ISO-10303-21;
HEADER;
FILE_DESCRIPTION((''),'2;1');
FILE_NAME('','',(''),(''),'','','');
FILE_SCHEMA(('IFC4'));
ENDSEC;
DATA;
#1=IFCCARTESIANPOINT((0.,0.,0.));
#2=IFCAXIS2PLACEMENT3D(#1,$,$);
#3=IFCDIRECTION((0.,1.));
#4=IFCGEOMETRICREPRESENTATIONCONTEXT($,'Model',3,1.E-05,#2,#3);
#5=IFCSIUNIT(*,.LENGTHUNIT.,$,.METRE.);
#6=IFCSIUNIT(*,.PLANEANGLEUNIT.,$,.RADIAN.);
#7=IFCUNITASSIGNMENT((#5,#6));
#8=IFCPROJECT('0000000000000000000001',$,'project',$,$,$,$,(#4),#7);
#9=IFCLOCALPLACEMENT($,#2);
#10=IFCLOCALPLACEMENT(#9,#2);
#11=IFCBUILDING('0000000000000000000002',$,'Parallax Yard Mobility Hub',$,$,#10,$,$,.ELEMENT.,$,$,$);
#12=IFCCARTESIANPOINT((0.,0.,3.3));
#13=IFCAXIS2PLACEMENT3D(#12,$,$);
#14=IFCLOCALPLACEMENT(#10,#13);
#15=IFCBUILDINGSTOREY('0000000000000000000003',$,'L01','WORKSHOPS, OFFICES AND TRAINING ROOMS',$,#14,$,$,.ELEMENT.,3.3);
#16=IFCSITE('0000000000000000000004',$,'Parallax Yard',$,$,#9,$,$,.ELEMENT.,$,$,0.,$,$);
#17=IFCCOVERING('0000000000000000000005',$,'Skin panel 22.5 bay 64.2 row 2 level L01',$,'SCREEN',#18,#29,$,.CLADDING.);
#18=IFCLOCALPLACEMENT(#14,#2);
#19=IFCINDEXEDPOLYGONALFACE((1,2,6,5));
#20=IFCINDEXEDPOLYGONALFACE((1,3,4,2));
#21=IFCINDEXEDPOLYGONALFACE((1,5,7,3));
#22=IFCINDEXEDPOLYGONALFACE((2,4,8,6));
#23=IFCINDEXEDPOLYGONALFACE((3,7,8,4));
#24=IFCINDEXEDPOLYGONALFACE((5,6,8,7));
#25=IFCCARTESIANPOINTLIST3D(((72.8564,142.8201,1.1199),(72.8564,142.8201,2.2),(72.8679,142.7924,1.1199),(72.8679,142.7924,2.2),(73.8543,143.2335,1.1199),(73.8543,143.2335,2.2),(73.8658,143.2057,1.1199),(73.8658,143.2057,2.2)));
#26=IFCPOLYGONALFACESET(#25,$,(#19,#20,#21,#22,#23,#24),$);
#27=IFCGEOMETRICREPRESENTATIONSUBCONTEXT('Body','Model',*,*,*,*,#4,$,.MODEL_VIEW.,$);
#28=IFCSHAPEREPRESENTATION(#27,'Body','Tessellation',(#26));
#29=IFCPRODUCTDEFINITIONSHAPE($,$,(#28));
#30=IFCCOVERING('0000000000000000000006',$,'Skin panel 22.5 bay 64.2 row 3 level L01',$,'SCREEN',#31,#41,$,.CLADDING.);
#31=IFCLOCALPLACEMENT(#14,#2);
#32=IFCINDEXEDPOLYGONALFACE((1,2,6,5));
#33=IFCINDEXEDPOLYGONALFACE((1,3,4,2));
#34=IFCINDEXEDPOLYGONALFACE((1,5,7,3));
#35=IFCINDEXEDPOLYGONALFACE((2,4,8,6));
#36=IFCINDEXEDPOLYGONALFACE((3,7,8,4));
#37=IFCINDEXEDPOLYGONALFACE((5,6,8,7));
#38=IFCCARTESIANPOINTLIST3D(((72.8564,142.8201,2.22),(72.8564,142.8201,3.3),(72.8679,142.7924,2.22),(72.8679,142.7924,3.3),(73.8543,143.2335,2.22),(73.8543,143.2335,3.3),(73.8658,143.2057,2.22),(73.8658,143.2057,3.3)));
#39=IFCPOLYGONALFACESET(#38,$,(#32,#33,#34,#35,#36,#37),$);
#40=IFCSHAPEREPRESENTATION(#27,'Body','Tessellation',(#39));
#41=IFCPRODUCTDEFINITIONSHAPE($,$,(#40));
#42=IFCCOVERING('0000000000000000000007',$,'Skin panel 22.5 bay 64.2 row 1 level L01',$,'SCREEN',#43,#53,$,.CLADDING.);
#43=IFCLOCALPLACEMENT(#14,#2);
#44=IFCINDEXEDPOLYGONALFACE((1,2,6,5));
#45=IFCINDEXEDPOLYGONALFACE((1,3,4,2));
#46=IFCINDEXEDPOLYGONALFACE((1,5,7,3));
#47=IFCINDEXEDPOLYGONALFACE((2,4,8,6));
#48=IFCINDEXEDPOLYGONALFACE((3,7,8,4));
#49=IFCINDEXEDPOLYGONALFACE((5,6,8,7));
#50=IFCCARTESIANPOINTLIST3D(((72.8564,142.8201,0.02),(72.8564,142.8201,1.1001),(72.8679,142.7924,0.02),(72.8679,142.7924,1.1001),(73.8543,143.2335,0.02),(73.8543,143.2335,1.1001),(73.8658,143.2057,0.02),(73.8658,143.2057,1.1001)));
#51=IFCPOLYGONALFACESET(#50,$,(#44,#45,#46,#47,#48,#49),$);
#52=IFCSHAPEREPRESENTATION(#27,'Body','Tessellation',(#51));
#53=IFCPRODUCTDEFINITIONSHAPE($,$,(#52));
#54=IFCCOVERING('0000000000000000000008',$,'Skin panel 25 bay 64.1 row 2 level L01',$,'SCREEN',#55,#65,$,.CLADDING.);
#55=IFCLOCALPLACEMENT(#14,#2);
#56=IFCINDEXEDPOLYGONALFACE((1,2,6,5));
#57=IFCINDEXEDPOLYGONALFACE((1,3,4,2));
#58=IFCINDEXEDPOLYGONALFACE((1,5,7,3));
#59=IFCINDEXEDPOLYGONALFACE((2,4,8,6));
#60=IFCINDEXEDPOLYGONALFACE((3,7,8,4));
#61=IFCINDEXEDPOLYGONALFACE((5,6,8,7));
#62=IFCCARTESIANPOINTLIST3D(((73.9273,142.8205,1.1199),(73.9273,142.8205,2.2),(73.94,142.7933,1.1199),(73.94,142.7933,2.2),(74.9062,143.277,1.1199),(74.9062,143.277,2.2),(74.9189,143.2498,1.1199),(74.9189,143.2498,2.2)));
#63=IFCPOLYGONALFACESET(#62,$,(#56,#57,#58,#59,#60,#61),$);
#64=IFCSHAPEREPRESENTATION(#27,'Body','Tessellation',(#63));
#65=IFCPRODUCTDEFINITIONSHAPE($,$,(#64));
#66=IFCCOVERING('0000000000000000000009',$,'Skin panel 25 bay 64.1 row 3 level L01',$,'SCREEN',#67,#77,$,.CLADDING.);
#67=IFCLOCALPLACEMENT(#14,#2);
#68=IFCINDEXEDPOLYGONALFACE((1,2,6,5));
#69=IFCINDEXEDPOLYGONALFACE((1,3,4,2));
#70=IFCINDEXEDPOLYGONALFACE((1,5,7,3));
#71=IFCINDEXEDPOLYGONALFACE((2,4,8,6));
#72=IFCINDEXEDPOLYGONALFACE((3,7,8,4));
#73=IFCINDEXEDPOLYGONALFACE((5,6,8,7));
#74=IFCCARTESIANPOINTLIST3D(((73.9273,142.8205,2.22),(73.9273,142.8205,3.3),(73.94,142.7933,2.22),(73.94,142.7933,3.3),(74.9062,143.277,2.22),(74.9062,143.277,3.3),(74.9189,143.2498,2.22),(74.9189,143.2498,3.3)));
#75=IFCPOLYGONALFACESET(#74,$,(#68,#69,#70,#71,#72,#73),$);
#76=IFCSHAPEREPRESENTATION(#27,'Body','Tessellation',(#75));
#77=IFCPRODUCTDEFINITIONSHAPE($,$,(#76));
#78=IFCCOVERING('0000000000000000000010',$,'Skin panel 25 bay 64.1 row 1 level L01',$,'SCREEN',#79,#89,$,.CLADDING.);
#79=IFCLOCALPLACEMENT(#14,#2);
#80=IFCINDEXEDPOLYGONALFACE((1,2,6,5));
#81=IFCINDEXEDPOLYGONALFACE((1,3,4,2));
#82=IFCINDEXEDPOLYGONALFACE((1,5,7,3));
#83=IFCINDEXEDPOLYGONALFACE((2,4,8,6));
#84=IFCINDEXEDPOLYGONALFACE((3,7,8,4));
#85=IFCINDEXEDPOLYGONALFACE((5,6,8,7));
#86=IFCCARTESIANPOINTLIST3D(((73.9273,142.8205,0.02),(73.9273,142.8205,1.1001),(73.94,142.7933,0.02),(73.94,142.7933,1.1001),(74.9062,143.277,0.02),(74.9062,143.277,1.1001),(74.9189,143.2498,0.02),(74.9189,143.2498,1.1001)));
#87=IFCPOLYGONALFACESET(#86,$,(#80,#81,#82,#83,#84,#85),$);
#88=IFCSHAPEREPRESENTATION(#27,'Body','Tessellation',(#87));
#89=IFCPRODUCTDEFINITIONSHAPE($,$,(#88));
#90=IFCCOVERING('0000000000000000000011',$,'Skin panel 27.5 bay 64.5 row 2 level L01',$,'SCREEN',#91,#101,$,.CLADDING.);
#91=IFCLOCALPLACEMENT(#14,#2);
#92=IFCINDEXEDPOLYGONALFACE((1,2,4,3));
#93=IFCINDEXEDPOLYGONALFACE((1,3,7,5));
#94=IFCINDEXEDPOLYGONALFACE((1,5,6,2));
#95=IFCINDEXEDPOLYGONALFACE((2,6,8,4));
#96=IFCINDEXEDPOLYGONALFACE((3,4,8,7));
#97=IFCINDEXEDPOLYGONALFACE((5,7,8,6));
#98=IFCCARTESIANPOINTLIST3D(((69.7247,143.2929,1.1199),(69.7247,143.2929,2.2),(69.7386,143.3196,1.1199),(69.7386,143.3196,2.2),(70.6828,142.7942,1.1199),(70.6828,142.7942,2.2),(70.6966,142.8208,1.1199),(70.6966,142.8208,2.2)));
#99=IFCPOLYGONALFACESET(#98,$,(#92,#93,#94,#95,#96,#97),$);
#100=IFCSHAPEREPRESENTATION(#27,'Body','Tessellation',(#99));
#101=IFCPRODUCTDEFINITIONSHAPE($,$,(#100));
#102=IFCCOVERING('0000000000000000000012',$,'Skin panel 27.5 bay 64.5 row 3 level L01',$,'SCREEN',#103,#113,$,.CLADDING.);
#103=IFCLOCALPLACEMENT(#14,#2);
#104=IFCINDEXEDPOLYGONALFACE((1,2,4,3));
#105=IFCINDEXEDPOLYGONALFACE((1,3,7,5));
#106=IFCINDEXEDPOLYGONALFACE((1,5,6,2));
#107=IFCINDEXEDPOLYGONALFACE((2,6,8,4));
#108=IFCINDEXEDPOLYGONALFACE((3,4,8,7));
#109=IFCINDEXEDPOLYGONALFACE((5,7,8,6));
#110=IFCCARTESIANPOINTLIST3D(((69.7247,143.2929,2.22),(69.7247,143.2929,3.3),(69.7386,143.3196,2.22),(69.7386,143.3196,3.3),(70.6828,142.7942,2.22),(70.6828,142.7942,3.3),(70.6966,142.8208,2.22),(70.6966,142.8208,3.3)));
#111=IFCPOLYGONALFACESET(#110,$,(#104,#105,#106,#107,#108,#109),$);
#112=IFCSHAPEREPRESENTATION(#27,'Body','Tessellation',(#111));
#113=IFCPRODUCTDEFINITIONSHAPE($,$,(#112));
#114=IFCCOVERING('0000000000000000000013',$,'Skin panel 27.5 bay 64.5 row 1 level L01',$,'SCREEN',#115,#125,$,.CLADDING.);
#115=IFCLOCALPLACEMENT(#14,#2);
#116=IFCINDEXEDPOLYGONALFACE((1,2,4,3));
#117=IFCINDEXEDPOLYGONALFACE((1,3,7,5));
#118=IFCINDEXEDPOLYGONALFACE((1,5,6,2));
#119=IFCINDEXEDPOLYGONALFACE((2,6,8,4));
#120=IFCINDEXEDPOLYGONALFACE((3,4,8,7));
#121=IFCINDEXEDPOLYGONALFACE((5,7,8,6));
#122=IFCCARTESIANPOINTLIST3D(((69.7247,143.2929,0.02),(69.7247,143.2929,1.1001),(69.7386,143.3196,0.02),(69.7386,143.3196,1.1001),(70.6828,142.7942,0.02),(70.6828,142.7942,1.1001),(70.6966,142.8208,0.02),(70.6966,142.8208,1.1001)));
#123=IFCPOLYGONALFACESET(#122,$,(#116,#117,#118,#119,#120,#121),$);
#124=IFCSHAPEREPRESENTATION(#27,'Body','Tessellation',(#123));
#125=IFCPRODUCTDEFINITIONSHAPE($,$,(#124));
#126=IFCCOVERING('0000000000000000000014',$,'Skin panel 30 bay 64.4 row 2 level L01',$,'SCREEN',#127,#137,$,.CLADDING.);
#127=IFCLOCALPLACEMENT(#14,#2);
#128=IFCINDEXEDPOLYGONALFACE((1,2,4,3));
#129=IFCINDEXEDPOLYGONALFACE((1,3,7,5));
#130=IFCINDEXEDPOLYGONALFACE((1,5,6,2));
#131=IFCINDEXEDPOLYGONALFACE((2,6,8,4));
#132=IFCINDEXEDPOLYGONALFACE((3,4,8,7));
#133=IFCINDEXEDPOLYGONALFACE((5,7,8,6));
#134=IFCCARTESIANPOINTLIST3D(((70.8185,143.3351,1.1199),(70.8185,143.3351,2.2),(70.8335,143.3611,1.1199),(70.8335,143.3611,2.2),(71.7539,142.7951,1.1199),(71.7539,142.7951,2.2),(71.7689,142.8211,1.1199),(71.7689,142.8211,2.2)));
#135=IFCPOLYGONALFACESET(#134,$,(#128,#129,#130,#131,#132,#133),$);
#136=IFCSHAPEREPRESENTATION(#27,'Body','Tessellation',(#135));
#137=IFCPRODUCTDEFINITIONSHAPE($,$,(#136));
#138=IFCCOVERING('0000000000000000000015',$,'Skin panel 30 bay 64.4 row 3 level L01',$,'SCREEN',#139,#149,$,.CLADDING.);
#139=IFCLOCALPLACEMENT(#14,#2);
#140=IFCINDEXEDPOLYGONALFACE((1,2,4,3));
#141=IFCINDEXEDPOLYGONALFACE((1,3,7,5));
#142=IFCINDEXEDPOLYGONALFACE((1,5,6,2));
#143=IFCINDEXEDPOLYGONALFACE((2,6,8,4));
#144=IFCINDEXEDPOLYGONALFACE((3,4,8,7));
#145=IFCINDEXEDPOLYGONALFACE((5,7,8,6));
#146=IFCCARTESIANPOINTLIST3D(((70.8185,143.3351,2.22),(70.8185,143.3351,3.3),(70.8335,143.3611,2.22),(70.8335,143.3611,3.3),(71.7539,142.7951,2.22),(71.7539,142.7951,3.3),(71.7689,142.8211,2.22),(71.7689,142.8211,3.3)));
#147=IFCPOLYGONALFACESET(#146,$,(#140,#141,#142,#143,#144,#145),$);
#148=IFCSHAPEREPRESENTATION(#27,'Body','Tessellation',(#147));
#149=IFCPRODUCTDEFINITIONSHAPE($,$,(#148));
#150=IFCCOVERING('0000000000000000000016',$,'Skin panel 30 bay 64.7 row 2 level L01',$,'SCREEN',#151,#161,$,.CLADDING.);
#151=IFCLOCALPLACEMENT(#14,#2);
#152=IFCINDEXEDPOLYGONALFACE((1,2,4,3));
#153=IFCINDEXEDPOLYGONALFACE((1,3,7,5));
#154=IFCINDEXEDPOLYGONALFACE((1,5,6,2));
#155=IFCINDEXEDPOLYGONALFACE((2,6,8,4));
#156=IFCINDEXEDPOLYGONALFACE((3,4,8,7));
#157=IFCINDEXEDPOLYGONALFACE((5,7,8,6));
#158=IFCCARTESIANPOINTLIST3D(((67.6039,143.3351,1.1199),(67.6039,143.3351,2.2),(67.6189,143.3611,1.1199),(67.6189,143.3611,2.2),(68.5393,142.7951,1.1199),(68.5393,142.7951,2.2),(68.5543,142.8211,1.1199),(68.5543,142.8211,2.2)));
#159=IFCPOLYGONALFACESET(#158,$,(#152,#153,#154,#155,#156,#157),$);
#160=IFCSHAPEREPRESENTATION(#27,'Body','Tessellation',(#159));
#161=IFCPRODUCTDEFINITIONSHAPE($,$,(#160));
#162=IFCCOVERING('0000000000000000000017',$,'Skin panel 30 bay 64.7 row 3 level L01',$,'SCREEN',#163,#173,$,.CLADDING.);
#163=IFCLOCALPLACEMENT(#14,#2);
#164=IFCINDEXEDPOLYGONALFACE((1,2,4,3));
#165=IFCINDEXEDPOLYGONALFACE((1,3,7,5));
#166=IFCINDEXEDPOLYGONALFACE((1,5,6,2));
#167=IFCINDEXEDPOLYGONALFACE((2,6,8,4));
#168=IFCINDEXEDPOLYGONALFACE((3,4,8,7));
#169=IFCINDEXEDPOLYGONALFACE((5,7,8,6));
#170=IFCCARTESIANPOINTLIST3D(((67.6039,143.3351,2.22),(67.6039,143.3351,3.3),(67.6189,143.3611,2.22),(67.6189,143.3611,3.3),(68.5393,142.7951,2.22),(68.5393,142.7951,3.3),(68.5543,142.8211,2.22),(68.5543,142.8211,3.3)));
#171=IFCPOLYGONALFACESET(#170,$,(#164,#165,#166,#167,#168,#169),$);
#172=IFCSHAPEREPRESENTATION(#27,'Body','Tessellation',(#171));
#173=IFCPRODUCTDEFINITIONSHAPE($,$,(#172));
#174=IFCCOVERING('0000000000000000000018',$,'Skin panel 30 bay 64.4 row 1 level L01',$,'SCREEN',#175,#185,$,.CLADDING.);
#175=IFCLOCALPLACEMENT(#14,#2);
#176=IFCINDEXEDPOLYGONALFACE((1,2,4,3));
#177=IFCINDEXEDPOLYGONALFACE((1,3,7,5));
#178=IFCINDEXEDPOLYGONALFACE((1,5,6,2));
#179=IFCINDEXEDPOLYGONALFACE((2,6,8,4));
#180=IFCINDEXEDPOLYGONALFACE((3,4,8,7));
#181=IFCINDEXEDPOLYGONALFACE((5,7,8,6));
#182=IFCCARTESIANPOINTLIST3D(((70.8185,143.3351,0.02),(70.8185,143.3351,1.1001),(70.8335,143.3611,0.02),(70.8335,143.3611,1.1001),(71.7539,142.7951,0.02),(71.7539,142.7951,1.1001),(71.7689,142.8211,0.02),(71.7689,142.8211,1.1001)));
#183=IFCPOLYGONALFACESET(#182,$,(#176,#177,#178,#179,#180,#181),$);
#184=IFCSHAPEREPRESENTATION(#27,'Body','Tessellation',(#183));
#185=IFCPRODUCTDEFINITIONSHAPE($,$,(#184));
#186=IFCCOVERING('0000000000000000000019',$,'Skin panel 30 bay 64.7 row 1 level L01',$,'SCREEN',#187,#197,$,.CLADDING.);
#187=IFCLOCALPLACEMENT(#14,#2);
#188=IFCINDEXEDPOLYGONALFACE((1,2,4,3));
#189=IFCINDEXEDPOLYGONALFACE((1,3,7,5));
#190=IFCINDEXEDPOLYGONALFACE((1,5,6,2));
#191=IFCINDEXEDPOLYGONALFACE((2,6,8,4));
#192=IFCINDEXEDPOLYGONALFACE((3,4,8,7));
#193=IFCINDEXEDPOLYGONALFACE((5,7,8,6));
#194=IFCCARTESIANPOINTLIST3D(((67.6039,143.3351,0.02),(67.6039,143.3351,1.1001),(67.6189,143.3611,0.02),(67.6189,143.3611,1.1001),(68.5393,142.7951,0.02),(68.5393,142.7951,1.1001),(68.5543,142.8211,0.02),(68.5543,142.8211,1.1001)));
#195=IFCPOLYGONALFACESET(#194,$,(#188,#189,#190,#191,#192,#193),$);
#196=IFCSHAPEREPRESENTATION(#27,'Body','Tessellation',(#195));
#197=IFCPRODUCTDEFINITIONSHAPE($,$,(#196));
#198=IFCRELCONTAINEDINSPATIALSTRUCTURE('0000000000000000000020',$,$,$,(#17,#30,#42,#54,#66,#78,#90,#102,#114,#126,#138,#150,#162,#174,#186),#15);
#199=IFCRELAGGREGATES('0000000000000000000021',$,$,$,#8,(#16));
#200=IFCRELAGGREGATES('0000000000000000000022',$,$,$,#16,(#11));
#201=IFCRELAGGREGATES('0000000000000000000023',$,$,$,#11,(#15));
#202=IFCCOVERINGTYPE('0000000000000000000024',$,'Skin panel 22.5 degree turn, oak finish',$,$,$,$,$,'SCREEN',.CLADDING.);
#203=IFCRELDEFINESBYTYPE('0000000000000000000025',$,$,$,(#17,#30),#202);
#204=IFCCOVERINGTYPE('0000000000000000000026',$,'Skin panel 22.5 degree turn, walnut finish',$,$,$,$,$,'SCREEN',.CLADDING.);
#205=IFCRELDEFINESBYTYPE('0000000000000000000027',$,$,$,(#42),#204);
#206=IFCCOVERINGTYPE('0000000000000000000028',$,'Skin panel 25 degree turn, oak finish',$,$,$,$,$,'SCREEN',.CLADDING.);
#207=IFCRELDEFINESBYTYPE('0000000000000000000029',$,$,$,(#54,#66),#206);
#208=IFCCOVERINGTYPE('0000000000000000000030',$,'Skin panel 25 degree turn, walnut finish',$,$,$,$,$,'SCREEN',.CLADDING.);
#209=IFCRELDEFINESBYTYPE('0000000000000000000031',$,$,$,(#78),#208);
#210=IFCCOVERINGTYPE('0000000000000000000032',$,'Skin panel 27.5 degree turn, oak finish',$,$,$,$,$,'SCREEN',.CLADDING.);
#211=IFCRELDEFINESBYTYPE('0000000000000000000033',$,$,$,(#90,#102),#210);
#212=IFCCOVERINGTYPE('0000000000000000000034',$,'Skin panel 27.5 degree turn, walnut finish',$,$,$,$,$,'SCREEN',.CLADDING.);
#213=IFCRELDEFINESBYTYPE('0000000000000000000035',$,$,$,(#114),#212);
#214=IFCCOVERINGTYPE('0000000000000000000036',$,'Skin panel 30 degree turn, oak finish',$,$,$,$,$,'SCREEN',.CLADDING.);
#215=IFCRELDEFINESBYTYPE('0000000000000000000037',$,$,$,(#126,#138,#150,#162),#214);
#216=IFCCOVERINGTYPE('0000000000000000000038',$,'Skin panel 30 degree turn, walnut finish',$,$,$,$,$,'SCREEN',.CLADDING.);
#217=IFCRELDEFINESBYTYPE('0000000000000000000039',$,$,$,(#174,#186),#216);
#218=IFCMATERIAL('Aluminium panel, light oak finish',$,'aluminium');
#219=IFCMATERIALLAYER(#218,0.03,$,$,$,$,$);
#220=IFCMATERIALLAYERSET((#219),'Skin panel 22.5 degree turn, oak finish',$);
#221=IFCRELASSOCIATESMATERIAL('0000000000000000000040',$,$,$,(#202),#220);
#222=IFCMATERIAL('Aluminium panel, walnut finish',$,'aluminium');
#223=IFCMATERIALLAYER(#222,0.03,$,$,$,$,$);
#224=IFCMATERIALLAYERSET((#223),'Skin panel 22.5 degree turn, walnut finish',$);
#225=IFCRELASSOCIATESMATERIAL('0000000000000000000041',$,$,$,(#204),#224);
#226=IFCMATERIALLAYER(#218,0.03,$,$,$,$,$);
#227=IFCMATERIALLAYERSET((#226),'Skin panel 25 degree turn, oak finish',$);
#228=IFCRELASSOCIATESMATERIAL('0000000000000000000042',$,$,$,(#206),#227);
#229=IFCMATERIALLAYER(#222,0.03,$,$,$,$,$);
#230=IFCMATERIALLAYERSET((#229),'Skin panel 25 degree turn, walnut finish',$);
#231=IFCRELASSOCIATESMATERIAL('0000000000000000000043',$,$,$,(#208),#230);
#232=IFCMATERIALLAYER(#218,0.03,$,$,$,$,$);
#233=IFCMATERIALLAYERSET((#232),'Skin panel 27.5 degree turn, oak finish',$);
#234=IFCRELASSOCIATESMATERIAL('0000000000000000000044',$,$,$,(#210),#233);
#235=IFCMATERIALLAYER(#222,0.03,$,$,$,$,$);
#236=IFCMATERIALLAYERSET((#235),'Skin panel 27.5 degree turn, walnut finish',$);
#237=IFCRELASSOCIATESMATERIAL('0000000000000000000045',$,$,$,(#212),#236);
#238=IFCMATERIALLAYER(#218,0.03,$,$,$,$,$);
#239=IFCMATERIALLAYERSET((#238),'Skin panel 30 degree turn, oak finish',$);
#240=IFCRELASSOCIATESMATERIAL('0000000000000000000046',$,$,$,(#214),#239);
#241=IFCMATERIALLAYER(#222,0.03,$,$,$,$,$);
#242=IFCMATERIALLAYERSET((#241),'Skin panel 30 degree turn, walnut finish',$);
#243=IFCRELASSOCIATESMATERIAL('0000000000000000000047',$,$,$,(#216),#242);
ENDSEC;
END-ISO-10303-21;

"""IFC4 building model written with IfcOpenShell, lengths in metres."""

from ifc_helpers import new_model, si_unit, direction, frame, origin, origin_2d, place, context, subcontext, project, spatial, rectangle, extrude, material, layer, layer_set, type_object, element, save


model = new_model("IFC4")

# Units and contexts
model_context = context("Model", 3, precision=1e-05, world=origin(), true_north=direction((0.0, 1.0)))
body_context = subcontext(model_context, "Body", "Model", "MODEL_VIEW")
ifc_project = project(units=[si_unit("LENGTHUNIT", "METRE"), si_unit("PLANEANGLEUNIT", "RADIAN")], contexts=[model_context])

# Site, building, storey
site_placement = place(None, origin())
site = spatial("IfcSite", under=ifc_project, at=site_placement, Name="Parallax Yard", CompositionType="ELEMENT", RefElevation=0.0)
building_placement = place(site_placement, origin())
building = spatial("IfcBuilding", under=site, at=building_placement, Name="Parallax Yard Mobility Hub", CompositionType="ELEMENT")
storey_placement = place(building_placement, frame((0.0, 0.0, 3.3)))
storey = spatial("IfcBuildingStorey", under=building, at=storey_placement, Name="L01", Description="WORKSHOPS, OFFICES AND TRAINING ROOMS", CompositionType="ELEMENT", Elevation=3.3)

# Coverings
ifc_material_1 = material(Name="Aluminium panel, light oak finish", Category="aluminium")
ifc_layer_1 = layer(ifc_material_1, 0.03)
ifc_layer_set_1 = layer_set([ifc_layer_1], Name="Skin panel 22.5 degree turn, oak finish")
covering_type_1 = type_object("IfcCoveringType", Name="Skin panel 22.5 degree turn, oak finish", ElementType="SCREEN", PredefinedType="CLADDING", material=ifc_layer_set_1)
for number, where, z_axis, x_axis, name in (
    (1, (73.3611, 143.0129, 1.1199), (0.0, 0.0, 1.0), (0.92388, 0.382683, 0.0), "Skin panel 22.5 bay 64.2 row 2 level L01"),
    (2, (73.3611, 143.0129, 2.22), (0.0, 0.0, 1.0), (0.92388, 0.382683, 0.0), "Skin panel 22.5 bay 64.2 row 3 level L01"),
):
    element("IfcCovering", number, at=place(storey_placement, frame(where, z_axis=z_axis, x_axis=x_axis)), inside=storey, type_object=covering_type_1, Name=name, ObjectType="SCREEN", PredefinedType="CLADDING", context=body_context, shape_type="SweptSolid", body=[
        extrude(rectangle(XDim=1.0801, YDim=0.03, at=origin_2d()), origin(), (0.0, 0.0, 1.0), 1.0801),
    ])
ifc_material_2 = material(Name="Aluminium panel, walnut finish", Category="aluminium")
ifc_layer_2 = layer(ifc_material_2, 0.03)
ifc_layer_set_2 = layer_set([ifc_layer_2], Name="Skin panel 22.5 degree turn, walnut finish")
covering_type_2 = type_object("IfcCoveringType", Name="Skin panel 22.5 degree turn, walnut finish", ElementType="SCREEN", PredefinedType="CLADDING", material=ifc_layer_set_2)
covering_1_placement = place(storey_placement, frame((73.3611, 143.0129, 0.02), z_axis=(0.0, 0.0, 1.0), x_axis=(0.92388, 0.382683, 0.0)))
element("IfcCovering", 3, at=covering_1_placement, inside=storey, type_object=covering_type_2, Name="Skin panel 22.5 bay 64.2 row 1 level L01", ObjectType="SCREEN", PredefinedType="CLADDING", context=body_context, shape_type="SweptSolid", body=[
    extrude(rectangle(XDim=1.0801, YDim=0.03, at=origin_2d()), origin(), (0.0, 0.0, 1.0), 1.0801),
])
ifc_layer_3 = layer(ifc_material_1, 0.03)
ifc_layer_set_3 = layer_set([ifc_layer_3], Name="Skin panel 25 degree turn, oak finish")
covering_type_3 = type_object("IfcCoveringType", Name="Skin panel 25 degree turn, oak finish", ElementType="SCREEN", PredefinedType="CLADDING", material=ifc_layer_set_3)
for number, where, z_axis, x_axis, name in (
    (4, (74.4231, 143.0352, 1.1199), (0.0, 0.0, 1.0), (0.906308, 0.422618, 0.0), "Skin panel 25 bay 64.1 row 2 level L01"),
    (5, (74.4231, 143.0352, 2.22), (0.0, 0.0, 1.0), (0.906308, 0.422618, 0.0), "Skin panel 25 bay 64.1 row 3 level L01"),
):
    element("IfcCovering", number, at=place(storey_placement, frame(where, z_axis=z_axis, x_axis=x_axis)), inside=storey, type_object=covering_type_3, Name=name, ObjectType="SCREEN", PredefinedType="CLADDING", context=body_context, shape_type="SweptSolid", body=[
        extrude(rectangle(XDim=1.0801, YDim=0.03, at=origin_2d()), origin(), (0.0, 0.0, 1.0), 1.0801),
    ])
ifc_layer_4 = layer(ifc_material_2, 0.03)
ifc_layer_set_4 = layer_set([ifc_layer_4], Name="Skin panel 25 degree turn, walnut finish")
covering_type_4 = type_object("IfcCoveringType", Name="Skin panel 25 degree turn, walnut finish", ElementType="SCREEN", PredefinedType="CLADDING", material=ifc_layer_set_4)
covering_2_placement = place(storey_placement, frame((74.4231, 143.0352, 0.02), z_axis=(0.0, 0.0, 1.0), x_axis=(0.906308, 0.422618, 0.0)))
element("IfcCovering", 6, at=covering_2_placement, inside=storey, type_object=covering_type_4, Name="Skin panel 25 bay 64.1 row 1 level L01", ObjectType="SCREEN", PredefinedType="CLADDING", context=body_context, shape_type="SweptSolid", body=[
    extrude(rectangle(XDim=1.0801, YDim=0.03, at=origin_2d()), origin(), (0.0, 0.0, 1.0), 1.0801),
])
ifc_layer_5 = layer(ifc_material_1, 0.03)
ifc_layer_set_5 = layer_set([ifc_layer_5], Name="Skin panel 27.5 degree turn, oak finish")
covering_type_5 = type_object("IfcCoveringType", Name="Skin panel 27.5 degree turn, oak finish", ElementType="SCREEN", PredefinedType="CLADDING", material=ifc_layer_set_5)
for number, where, z_axis, x_axis, name in (
    (7, (70.2107, 143.0569, 1.1199), (0.0, 0.0, 1.0), (-0.887011, 0.461749, 0.0), "Skin panel 27.5 bay 64.5 row 2 level L01"),
    (8, (70.2107, 143.0569, 2.22), (0.0, 0.0, 1.0), (-0.887011, 0.461749, 0.0), "Skin panel 27.5 bay 64.5 row 3 level L01"),
):
    element("IfcCovering", number, at=place(storey_placement, frame(where, z_axis=z_axis, x_axis=x_axis)), inside=storey, type_object=covering_type_5, Name=name, ObjectType="SCREEN", PredefinedType="CLADDING", context=body_context, shape_type="SweptSolid", body=[
        extrude(rectangle(XDim=1.0801, YDim=0.03, at=origin_2d()), origin(), (0.0, 0.0, 1.0), 1.0801),
    ])
ifc_layer_6 = layer(ifc_material_2, 0.03)
ifc_layer_set_6 = layer_set([ifc_layer_6], Name="Skin panel 27.5 degree turn, walnut finish")
covering_type_6 = type_object("IfcCoveringType", Name="Skin panel 27.5 degree turn, walnut finish", ElementType="SCREEN", PredefinedType="CLADDING", material=ifc_layer_set_6)
covering_3_placement = place(storey_placement, frame((70.2107, 143.0569, 0.02), z_axis=(0.0, 0.0, 1.0), x_axis=(-0.887011, 0.461749, 0.0)))
element("IfcCovering", 9, at=covering_3_placement, inside=storey, type_object=covering_type_6, Name="Skin panel 27.5 bay 64.5 row 1 level L01", ObjectType="SCREEN", PredefinedType="CLADDING", context=body_context, shape_type="SweptSolid", body=[
    extrude(rectangle(XDim=1.0801, YDim=0.03, at=origin_2d()), origin(), (0.0, 0.0, 1.0), 1.0801),
])
ifc_layer_7 = layer(ifc_material_1, 0.03)
ifc_layer_set_7 = layer_set([ifc_layer_7], Name="Skin panel 30 degree turn, oak finish")
covering_type_7 = type_object("IfcCoveringType", Name="Skin panel 30 degree turn, oak finish", ElementType="SCREEN", PredefinedType="CLADDING", material=ifc_layer_set_7)
for number, where, z_axis, x_axis, name in (
    (10, (71.2937, 143.0781, 1.1199), (0.0, 0.0, 1.0), (-0.866025, 0.5, 0.0), "Skin panel 30 bay 64.4 row 2 level L01"),
    (11, (71.2937, 143.0781, 2.22), (0.0, 0.0, 1.0), (-0.866025, 0.5, 0.0), "Skin panel 30 bay 64.4 row 3 level L01"),
    (12, (68.0791, 143.0781, 1.1199), (0.0, 0.0, 1.0), (-0.866025, 0.5, 0.0), "Skin panel 30 bay 64.7 row 2 level L01"),
    (13, (68.0791, 143.0781, 2.22), (0.0, 0.0, 1.0), (-0.866025, 0.5, 0.0), "Skin panel 30 bay 64.7 row 3 level L01"),
):
    element("IfcCovering", number, at=place(storey_placement, frame(where, z_axis=z_axis, x_axis=x_axis)), inside=storey, type_object=covering_type_7, Name=name, ObjectType="SCREEN", PredefinedType="CLADDING", context=body_context, shape_type="SweptSolid", body=[
        extrude(rectangle(XDim=1.0801, YDim=0.03, at=origin_2d()), origin(), (0.0, 0.0, 1.0), 1.0801),
    ])
ifc_layer_8 = layer(ifc_material_2, 0.03)
ifc_layer_set_8 = layer_set([ifc_layer_8], Name="Skin panel 30 degree turn, walnut finish")
covering_type_8 = type_object("IfcCoveringType", Name="Skin panel 30 degree turn, walnut finish", ElementType="SCREEN", PredefinedType="CLADDING", material=ifc_layer_set_8)
for number, where, z_axis, x_axis, name in (
    (14, (71.2937, 143.0781, 0.02), (0.0, 0.0, 1.0), (-0.866025, 0.5, 0.0), "Skin panel 30 bay 64.4 row 1 level L01"),
    (15, (68.0791, 143.0781, 0.02), (0.0, 0.0, 1.0), (-0.866025, 0.5, 0.0), "Skin panel 30 bay 64.7 row 1 level L01"),
):
    element("IfcCovering", number, at=place(storey_placement, frame(where, z_axis=z_axis, x_axis=x_axis)), inside=storey, type_object=covering_type_8, Name=name, ObjectType="SCREEN", PredefinedType="CLADDING", context=body_context, shape_type="SweptSolid", body=[
        extrude(rectangle(XDim=1.0801, YDim=0.03, at=origin_2d()), origin(), (0.0, 0.0, 1.0), 1.0801),
    ])

save(model, "model.ifc")
